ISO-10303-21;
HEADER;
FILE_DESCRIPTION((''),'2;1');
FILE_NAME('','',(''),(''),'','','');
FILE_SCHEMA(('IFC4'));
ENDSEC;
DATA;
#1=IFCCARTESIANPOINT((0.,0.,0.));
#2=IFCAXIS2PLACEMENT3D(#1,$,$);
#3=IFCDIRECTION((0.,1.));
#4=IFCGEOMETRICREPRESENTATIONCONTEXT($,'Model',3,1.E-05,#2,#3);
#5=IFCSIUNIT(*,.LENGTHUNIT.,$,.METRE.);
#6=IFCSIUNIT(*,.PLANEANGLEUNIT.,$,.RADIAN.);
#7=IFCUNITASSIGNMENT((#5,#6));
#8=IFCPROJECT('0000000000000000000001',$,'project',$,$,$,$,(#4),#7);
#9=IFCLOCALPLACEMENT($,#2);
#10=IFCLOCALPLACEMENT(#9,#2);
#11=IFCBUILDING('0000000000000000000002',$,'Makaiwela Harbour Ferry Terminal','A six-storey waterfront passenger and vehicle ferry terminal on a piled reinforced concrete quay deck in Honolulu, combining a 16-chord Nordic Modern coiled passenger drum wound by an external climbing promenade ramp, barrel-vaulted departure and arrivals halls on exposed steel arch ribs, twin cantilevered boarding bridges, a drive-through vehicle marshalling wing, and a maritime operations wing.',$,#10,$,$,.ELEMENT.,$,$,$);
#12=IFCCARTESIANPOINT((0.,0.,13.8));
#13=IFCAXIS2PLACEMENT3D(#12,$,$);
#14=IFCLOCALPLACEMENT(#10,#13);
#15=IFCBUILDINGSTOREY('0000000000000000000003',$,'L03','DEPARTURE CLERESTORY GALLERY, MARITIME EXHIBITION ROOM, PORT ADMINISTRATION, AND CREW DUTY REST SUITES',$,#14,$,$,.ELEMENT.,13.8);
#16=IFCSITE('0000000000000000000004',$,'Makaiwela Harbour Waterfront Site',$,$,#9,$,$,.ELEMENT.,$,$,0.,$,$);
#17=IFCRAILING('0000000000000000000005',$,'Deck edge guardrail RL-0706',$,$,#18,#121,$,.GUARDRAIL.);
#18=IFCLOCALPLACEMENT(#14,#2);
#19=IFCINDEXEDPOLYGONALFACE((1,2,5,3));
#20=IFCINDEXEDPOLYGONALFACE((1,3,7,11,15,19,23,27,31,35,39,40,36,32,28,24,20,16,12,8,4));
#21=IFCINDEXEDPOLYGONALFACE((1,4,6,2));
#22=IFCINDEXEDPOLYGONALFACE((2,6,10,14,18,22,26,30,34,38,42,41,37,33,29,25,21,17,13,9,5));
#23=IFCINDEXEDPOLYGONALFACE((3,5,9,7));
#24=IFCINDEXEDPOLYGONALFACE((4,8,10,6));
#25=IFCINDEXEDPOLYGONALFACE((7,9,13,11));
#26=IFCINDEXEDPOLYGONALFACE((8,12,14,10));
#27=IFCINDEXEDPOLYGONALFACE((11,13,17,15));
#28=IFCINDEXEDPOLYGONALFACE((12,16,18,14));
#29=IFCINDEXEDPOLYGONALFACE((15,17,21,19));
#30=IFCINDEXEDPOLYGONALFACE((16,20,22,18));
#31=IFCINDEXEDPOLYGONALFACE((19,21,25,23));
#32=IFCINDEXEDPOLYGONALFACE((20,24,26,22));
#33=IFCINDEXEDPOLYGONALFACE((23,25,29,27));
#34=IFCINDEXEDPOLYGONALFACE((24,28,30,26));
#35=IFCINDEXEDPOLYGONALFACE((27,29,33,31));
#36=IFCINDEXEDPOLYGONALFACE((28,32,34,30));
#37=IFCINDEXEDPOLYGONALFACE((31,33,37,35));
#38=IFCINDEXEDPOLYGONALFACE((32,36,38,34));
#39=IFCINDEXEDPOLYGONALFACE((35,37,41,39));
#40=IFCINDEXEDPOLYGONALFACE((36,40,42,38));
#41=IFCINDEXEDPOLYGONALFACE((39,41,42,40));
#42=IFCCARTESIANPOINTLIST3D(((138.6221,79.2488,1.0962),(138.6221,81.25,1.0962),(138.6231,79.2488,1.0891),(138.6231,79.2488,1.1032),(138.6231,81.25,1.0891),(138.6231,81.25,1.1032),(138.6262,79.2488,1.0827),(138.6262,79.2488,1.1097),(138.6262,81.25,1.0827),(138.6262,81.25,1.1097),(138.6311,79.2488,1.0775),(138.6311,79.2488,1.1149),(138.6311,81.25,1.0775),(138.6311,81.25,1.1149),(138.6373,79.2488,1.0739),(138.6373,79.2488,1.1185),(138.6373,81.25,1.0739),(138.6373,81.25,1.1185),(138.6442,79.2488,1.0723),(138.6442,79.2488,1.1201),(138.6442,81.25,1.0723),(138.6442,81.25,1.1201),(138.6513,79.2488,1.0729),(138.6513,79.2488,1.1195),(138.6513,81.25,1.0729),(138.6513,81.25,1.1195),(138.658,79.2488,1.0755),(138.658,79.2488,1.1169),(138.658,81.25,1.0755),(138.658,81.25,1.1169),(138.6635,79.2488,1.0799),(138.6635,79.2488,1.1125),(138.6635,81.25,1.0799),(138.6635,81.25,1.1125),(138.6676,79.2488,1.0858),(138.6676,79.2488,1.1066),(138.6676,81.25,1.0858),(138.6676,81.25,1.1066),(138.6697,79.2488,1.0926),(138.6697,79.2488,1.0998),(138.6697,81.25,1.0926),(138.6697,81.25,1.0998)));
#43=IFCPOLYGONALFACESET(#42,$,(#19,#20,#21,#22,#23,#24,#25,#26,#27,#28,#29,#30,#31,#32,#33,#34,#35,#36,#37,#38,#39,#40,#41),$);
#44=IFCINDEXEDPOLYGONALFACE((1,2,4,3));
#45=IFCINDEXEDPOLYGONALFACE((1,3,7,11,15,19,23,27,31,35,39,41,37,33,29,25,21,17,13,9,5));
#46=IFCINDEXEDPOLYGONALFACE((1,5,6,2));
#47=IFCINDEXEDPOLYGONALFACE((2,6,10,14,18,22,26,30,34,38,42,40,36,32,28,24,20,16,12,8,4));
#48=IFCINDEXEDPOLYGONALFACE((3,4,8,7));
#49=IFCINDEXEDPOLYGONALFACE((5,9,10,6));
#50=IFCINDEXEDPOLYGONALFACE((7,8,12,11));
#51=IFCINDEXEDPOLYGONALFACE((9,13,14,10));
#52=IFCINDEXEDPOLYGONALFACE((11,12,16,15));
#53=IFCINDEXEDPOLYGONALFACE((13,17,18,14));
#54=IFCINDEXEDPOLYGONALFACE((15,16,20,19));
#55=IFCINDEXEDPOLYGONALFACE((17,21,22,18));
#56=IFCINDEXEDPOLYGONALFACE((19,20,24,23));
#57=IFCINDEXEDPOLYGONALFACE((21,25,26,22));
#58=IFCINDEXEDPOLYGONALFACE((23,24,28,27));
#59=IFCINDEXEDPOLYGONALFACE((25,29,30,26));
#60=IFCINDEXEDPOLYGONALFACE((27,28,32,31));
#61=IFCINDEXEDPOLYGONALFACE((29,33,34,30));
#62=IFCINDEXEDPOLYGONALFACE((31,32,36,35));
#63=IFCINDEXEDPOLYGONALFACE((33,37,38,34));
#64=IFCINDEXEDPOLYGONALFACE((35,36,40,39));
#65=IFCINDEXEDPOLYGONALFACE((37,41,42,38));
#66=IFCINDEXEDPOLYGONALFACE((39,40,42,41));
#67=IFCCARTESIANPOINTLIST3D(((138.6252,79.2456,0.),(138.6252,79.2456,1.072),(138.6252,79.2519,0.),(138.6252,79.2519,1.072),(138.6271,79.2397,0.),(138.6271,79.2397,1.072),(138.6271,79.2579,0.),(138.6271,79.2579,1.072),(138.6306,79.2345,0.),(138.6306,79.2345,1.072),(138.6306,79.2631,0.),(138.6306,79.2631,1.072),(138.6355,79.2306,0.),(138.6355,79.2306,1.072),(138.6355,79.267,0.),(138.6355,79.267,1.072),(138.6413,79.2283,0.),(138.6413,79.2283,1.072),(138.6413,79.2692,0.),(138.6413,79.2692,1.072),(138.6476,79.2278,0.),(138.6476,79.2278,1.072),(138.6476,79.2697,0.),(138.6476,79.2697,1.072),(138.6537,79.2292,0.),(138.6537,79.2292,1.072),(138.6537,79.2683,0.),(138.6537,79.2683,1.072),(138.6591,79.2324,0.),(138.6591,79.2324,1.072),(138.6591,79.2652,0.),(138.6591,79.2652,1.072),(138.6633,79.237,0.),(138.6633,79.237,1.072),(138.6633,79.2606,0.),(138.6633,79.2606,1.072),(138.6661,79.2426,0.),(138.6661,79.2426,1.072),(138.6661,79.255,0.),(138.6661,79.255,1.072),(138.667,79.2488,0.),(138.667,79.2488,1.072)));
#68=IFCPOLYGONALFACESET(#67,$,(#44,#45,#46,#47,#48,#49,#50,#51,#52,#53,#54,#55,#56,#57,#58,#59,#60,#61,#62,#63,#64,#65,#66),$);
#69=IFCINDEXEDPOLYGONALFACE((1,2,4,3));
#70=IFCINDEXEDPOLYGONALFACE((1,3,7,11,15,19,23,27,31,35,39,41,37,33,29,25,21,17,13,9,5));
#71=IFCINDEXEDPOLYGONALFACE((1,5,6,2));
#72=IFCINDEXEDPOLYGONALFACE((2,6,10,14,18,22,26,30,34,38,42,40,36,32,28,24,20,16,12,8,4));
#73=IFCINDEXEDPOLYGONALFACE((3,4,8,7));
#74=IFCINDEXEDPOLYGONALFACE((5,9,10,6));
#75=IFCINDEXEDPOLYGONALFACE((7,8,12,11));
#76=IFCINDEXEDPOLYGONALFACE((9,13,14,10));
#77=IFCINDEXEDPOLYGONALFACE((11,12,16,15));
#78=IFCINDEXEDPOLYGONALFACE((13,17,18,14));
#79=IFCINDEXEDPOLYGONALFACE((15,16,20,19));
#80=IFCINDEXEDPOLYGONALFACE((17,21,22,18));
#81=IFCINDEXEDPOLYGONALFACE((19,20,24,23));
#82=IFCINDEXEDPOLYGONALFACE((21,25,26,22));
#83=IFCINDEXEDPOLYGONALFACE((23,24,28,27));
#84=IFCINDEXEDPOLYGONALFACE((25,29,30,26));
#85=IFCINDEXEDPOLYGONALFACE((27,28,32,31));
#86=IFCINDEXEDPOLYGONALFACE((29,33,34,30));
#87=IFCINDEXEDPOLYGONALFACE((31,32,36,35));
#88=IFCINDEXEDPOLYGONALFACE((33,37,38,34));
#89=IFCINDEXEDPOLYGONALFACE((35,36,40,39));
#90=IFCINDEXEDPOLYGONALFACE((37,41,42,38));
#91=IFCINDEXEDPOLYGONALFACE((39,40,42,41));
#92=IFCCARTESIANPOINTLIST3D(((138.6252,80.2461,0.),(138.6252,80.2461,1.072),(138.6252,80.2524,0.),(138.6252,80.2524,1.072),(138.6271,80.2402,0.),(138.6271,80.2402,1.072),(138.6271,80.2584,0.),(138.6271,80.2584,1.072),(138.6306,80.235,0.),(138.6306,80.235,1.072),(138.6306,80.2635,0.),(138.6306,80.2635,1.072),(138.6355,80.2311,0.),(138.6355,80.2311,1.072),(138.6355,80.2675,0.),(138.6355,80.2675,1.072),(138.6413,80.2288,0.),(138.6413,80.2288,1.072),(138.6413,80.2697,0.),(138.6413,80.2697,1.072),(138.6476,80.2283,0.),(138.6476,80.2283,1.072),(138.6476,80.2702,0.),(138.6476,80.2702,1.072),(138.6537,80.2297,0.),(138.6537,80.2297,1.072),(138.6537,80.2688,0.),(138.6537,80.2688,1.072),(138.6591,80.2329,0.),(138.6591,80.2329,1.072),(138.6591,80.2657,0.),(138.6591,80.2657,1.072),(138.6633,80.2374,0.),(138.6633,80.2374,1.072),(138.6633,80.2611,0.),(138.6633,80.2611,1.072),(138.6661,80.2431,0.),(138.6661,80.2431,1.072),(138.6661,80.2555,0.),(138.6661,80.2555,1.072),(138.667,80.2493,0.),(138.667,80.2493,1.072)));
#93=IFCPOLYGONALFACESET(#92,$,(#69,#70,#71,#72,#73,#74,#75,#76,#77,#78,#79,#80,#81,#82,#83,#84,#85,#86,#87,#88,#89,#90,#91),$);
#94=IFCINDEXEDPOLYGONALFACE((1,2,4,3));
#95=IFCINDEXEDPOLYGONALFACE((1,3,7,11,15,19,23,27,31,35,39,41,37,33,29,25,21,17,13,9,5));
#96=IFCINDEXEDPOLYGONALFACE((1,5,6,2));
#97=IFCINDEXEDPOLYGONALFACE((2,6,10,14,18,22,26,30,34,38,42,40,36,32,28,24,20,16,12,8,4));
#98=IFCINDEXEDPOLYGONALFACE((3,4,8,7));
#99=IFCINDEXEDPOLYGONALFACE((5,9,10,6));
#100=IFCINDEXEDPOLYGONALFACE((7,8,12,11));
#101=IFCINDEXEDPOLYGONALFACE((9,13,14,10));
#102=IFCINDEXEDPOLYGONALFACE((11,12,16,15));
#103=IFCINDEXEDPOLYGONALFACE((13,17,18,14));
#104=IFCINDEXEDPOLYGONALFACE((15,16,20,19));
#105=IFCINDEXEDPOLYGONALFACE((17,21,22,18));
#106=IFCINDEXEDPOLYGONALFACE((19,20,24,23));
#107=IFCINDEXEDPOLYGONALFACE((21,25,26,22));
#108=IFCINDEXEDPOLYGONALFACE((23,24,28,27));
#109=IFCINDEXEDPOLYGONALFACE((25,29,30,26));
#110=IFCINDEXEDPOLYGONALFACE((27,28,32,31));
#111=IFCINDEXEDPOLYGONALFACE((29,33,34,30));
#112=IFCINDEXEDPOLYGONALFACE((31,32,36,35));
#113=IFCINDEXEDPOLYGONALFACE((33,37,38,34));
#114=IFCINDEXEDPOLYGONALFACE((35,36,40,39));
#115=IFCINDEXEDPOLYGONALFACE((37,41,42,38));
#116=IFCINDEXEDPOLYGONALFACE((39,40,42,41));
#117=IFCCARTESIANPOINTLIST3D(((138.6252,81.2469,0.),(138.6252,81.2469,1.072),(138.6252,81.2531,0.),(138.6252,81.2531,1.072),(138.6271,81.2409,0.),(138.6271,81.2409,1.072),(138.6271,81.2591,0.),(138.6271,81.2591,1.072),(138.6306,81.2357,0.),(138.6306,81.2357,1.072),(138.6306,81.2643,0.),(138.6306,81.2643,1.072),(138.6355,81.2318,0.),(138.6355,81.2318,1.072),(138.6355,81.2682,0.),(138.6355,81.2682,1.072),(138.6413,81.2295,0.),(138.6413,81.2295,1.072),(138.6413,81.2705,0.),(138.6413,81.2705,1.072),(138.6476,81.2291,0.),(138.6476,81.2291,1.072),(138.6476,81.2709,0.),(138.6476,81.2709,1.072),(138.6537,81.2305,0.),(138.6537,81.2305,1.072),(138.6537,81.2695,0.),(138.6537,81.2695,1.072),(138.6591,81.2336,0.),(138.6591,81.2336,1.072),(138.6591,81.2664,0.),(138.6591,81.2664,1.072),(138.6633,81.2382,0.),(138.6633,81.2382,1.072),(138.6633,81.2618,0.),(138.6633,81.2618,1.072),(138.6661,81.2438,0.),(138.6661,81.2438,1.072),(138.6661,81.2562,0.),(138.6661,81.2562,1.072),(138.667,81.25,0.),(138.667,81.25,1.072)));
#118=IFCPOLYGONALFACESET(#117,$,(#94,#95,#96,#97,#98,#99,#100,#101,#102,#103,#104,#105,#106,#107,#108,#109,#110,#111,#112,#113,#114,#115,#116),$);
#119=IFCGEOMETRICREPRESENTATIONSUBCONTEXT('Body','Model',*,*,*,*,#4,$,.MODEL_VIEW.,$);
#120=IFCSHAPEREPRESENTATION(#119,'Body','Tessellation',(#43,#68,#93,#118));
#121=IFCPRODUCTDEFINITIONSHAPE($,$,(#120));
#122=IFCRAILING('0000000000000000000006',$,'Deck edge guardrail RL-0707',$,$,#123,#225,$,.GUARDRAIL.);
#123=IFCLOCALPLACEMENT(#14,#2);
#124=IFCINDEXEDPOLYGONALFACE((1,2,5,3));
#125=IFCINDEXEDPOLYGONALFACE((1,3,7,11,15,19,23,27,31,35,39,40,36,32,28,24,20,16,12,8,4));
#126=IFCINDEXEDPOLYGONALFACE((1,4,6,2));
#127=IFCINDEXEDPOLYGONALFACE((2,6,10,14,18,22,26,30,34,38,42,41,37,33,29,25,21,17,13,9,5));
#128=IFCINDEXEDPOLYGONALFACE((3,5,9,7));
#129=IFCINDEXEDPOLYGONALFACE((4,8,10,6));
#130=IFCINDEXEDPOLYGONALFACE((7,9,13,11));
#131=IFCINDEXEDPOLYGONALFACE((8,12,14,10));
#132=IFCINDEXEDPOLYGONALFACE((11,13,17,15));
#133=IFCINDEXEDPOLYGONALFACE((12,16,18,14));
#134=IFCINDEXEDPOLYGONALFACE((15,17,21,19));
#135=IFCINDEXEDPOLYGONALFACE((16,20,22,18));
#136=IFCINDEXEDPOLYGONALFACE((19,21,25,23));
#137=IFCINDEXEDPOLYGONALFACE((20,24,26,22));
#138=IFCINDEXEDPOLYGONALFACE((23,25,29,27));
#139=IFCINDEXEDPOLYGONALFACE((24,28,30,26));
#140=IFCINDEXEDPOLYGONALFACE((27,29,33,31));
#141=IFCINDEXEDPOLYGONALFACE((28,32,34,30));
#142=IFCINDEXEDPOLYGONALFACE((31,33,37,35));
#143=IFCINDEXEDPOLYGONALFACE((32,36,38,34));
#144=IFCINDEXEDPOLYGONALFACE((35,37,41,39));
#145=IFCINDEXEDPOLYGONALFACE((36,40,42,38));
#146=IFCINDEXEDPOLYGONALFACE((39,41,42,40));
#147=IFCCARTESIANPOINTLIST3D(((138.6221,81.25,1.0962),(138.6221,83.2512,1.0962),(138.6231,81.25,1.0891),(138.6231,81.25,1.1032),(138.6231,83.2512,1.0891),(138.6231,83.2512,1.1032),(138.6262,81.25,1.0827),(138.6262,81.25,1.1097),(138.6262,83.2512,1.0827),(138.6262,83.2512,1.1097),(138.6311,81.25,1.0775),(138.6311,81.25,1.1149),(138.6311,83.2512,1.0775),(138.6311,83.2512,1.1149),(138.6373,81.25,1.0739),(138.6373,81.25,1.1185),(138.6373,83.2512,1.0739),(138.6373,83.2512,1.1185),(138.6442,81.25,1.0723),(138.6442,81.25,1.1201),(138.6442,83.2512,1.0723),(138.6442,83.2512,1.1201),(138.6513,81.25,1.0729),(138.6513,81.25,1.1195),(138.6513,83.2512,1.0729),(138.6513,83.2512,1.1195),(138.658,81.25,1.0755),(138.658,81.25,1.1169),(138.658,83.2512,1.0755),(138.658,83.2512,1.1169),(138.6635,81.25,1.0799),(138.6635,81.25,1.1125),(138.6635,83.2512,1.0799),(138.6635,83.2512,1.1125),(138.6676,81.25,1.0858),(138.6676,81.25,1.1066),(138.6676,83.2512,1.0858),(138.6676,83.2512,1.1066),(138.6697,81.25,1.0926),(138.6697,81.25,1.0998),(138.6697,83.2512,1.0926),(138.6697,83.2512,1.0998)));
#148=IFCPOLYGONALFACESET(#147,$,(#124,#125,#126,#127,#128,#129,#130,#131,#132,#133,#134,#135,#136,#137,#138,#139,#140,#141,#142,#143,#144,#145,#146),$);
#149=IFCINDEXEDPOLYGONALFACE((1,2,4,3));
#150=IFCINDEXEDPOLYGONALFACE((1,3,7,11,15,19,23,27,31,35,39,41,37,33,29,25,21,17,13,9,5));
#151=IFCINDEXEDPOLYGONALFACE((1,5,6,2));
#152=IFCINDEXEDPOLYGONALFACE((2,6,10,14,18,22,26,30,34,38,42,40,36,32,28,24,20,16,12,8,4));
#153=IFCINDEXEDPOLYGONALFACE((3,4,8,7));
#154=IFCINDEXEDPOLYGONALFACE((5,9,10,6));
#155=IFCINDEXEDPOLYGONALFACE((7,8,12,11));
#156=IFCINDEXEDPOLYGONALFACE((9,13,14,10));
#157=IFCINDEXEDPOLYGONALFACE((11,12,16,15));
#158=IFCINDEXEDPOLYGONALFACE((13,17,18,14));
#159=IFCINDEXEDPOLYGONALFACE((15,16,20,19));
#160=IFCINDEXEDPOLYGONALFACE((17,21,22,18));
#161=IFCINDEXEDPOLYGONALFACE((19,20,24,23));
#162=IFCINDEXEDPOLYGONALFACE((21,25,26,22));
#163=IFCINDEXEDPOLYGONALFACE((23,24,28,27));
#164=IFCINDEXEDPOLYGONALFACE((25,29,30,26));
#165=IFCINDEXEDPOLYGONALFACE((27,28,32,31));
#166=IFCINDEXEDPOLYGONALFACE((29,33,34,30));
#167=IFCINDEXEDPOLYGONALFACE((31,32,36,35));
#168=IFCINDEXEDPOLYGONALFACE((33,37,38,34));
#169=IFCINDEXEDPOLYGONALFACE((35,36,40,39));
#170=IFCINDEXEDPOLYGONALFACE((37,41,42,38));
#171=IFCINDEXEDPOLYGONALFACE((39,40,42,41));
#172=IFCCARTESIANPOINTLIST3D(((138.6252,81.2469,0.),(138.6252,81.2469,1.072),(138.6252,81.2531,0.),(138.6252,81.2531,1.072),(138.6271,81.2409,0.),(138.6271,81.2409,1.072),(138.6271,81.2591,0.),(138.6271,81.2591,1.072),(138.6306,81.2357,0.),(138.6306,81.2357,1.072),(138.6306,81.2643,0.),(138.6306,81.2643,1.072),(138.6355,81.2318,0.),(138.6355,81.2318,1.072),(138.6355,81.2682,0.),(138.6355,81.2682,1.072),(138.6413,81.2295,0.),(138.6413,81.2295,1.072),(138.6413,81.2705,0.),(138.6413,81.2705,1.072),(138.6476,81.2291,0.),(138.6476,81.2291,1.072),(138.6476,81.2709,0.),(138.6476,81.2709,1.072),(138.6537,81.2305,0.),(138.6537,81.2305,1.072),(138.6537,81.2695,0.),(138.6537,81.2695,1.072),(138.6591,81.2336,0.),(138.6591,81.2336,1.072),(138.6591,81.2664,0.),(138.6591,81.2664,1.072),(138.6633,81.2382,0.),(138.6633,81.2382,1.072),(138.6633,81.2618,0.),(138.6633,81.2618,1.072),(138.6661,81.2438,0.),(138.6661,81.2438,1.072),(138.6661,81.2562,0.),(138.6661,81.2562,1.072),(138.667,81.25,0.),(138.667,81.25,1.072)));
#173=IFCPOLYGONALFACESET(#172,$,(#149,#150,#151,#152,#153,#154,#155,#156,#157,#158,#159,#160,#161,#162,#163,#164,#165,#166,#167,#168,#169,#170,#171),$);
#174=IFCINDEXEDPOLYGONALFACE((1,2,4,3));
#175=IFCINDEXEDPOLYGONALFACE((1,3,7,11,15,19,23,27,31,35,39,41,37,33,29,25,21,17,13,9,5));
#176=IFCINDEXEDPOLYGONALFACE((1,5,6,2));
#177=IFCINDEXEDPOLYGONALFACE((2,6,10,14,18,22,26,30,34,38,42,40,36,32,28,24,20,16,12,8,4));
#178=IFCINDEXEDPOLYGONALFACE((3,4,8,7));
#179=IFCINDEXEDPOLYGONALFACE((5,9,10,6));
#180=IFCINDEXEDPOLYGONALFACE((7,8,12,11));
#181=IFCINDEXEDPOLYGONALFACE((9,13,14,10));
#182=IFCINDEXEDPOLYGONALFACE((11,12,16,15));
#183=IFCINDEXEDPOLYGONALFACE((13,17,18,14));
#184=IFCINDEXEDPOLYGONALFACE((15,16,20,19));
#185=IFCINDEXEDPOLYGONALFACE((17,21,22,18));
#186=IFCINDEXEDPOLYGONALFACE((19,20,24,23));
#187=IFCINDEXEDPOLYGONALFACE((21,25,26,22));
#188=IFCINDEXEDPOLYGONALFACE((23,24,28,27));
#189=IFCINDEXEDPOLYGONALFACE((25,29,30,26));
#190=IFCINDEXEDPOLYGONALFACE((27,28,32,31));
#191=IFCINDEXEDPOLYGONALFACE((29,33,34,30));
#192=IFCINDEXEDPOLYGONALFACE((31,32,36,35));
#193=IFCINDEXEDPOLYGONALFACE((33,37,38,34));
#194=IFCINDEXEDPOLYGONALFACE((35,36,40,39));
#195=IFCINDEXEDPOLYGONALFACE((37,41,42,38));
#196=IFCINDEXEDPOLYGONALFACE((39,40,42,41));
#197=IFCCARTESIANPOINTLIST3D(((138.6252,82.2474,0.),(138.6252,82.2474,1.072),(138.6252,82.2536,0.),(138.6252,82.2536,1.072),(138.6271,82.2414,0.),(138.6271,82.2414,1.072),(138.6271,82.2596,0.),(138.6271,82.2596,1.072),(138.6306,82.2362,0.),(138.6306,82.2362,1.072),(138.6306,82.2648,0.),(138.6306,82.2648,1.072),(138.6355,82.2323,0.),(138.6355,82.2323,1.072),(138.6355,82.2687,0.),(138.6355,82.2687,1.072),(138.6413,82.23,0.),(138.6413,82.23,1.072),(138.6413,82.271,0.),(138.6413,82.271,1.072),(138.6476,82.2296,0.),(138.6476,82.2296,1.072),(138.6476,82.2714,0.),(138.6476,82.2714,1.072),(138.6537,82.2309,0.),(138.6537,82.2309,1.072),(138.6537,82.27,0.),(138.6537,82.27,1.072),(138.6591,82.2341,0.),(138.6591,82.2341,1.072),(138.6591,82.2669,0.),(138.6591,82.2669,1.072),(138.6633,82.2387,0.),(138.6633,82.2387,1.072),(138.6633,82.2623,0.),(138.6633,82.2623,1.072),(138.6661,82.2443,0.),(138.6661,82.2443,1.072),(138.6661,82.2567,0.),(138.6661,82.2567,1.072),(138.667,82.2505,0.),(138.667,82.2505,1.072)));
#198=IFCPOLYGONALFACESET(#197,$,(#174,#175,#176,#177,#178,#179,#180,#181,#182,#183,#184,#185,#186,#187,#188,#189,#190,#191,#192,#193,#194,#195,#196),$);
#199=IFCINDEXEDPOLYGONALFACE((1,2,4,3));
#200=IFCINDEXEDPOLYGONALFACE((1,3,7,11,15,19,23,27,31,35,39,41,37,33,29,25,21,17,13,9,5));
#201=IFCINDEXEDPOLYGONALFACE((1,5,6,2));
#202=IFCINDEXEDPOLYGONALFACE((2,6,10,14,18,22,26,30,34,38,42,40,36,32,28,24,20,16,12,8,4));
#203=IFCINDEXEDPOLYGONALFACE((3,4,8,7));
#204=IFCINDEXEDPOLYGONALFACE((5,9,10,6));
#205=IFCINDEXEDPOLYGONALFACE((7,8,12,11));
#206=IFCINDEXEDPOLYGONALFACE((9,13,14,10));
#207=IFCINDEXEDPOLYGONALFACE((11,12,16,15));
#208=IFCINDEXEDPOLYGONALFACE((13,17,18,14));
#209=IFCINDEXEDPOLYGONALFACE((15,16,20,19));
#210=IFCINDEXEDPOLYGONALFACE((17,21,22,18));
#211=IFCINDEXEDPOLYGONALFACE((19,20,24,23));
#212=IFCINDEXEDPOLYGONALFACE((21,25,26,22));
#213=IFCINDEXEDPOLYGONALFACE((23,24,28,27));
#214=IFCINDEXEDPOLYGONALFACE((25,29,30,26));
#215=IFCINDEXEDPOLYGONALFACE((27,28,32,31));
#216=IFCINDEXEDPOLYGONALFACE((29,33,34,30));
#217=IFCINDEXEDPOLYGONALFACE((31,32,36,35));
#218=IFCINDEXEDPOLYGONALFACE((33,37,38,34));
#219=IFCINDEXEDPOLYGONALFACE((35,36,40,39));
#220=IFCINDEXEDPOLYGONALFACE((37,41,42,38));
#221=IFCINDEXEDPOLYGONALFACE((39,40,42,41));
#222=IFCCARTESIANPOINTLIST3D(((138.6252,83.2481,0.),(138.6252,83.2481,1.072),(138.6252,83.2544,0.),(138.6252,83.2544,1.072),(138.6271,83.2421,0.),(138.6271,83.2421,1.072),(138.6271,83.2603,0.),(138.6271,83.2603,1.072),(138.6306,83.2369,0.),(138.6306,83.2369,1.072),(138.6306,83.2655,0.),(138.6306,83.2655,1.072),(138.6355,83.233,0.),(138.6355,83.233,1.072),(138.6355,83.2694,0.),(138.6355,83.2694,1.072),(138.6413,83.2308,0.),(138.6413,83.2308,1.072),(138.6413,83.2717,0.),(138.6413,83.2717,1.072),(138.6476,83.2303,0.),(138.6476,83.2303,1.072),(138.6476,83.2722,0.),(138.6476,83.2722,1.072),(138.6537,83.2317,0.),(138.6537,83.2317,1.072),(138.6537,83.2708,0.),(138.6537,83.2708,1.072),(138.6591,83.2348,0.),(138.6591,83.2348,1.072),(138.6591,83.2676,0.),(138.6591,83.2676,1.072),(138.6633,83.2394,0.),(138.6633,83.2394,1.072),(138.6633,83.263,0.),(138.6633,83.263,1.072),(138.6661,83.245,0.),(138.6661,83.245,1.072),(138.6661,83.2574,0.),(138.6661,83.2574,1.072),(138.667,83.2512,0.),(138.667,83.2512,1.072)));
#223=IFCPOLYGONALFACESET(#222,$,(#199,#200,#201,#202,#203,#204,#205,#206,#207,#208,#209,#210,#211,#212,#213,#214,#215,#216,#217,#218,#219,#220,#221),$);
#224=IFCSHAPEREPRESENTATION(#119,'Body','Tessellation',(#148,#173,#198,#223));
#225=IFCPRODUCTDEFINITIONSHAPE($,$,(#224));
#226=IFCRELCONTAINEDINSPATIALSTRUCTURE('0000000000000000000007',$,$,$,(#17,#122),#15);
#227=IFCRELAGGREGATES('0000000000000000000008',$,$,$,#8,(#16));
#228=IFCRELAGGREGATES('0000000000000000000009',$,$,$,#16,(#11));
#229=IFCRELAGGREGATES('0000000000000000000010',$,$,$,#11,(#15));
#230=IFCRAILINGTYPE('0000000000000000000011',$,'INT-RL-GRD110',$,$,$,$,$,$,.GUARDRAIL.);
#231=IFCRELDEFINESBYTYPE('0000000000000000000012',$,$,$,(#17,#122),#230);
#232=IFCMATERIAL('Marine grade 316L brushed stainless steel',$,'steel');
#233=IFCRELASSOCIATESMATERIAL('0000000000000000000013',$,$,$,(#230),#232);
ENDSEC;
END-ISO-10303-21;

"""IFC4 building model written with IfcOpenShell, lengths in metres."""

from ifc_helpers import new_model, si_unit, direction, frame, origin, origin_2d, place, context, subcontext, project, spatial, circle, extrude, material, type_object, element, save


model = new_model("IFC4")

# Units and contexts
model_context = context("Model", 3, precision=1e-05, world=origin(), true_north=direction((0.0, 1.0)))
body_context = subcontext(model_context, "Body", "Model", "MODEL_VIEW")
ifc_project = project(units=[si_unit("LENGTHUNIT", "METRE"), si_unit("PLANEANGLEUNIT", "RADIAN")], contexts=[model_context])

# Site, building, storey
site_placement = place(None, origin())
site = spatial("IfcSite", under=ifc_project, at=site_placement, Name="Makaiwela Harbour Waterfront Site", CompositionType="ELEMENT", RefElevation=0.0)
building_placement = place(site_placement, origin())
building = spatial("IfcBuilding", under=site, at=building_placement, Name="Makaiwela Harbour Ferry Terminal", Description="A six-storey waterfront passenger and vehicle ferry terminal on a piled reinforced concrete quay deck in Honolulu, combining a 16-chord Nordic Modern coiled passenger drum wound by an external climbing promenade ramp, barrel-vaulted departure and arrivals halls on exposed steel arch ribs, twin cantilevered boarding bridges, a drive-through vehicle marshalling wing, and a maritime operations wing.", CompositionType="ELEMENT")
storey_placement = place(building_placement, frame((0.0, 0.0, 13.8)))
storey = spatial("IfcBuildingStorey", under=building, at=storey_placement, Name="L03", Description="DEPARTURE CLERESTORY GALLERY, MARITIME EXHIBITION ROOM, PORT ADMINISTRATION, AND CREW DUTY REST SUITES", CompositionType="ELEMENT", Elevation=13.8)

# Railings
ifc_material_1 = material(Name="Marine grade 316L brushed stainless steel", Category="steel")
railing_type = type_object("IfcRailingType", Name="INT-RL-GRD110", PredefinedType="GUARDRAIL", material=ifc_material_1)
for number, where, name in (
    (1, (138.646, 79.2488, 0.0), "Deck edge guardrail RL-0706"),
    (2, (138.646, 81.25, 0.0), "Deck edge guardrail RL-0707"),
):
    element("IfcRailing", number, at=place(storey_placement, frame(where)), inside=storey, type_object=railing_type, Name=name, PredefinedType="GUARDRAIL", context=body_context, shape_type="SweptSolid", body=[
        extrude(circle(Radius=0.0239, at=origin_2d()), frame((0.0, 0.0, 1.0962), z_axis=(0.0, 1.0, 0.0), x_axis=(-1.0, 0.0, 0.0)), (0.0, 0.0, 1.0), 2.0012),
        extrude(circle(Radius=0.021, at=origin_2d()), origin(), (0.0, 0.0, 1.0), 1.072),
        extrude(circle(Radius=0.021, at=origin_2d()), frame((0.0, 1.0005, 0.0)), (0.0, 0.0, 1.0), 1.072),
        extrude(circle(Radius=0.021, at=origin_2d()), frame((0.0, 2.0012, 0.0)), (0.0, 0.0, 1.0), 1.072),
    ])

save(model, "model.ifc")
